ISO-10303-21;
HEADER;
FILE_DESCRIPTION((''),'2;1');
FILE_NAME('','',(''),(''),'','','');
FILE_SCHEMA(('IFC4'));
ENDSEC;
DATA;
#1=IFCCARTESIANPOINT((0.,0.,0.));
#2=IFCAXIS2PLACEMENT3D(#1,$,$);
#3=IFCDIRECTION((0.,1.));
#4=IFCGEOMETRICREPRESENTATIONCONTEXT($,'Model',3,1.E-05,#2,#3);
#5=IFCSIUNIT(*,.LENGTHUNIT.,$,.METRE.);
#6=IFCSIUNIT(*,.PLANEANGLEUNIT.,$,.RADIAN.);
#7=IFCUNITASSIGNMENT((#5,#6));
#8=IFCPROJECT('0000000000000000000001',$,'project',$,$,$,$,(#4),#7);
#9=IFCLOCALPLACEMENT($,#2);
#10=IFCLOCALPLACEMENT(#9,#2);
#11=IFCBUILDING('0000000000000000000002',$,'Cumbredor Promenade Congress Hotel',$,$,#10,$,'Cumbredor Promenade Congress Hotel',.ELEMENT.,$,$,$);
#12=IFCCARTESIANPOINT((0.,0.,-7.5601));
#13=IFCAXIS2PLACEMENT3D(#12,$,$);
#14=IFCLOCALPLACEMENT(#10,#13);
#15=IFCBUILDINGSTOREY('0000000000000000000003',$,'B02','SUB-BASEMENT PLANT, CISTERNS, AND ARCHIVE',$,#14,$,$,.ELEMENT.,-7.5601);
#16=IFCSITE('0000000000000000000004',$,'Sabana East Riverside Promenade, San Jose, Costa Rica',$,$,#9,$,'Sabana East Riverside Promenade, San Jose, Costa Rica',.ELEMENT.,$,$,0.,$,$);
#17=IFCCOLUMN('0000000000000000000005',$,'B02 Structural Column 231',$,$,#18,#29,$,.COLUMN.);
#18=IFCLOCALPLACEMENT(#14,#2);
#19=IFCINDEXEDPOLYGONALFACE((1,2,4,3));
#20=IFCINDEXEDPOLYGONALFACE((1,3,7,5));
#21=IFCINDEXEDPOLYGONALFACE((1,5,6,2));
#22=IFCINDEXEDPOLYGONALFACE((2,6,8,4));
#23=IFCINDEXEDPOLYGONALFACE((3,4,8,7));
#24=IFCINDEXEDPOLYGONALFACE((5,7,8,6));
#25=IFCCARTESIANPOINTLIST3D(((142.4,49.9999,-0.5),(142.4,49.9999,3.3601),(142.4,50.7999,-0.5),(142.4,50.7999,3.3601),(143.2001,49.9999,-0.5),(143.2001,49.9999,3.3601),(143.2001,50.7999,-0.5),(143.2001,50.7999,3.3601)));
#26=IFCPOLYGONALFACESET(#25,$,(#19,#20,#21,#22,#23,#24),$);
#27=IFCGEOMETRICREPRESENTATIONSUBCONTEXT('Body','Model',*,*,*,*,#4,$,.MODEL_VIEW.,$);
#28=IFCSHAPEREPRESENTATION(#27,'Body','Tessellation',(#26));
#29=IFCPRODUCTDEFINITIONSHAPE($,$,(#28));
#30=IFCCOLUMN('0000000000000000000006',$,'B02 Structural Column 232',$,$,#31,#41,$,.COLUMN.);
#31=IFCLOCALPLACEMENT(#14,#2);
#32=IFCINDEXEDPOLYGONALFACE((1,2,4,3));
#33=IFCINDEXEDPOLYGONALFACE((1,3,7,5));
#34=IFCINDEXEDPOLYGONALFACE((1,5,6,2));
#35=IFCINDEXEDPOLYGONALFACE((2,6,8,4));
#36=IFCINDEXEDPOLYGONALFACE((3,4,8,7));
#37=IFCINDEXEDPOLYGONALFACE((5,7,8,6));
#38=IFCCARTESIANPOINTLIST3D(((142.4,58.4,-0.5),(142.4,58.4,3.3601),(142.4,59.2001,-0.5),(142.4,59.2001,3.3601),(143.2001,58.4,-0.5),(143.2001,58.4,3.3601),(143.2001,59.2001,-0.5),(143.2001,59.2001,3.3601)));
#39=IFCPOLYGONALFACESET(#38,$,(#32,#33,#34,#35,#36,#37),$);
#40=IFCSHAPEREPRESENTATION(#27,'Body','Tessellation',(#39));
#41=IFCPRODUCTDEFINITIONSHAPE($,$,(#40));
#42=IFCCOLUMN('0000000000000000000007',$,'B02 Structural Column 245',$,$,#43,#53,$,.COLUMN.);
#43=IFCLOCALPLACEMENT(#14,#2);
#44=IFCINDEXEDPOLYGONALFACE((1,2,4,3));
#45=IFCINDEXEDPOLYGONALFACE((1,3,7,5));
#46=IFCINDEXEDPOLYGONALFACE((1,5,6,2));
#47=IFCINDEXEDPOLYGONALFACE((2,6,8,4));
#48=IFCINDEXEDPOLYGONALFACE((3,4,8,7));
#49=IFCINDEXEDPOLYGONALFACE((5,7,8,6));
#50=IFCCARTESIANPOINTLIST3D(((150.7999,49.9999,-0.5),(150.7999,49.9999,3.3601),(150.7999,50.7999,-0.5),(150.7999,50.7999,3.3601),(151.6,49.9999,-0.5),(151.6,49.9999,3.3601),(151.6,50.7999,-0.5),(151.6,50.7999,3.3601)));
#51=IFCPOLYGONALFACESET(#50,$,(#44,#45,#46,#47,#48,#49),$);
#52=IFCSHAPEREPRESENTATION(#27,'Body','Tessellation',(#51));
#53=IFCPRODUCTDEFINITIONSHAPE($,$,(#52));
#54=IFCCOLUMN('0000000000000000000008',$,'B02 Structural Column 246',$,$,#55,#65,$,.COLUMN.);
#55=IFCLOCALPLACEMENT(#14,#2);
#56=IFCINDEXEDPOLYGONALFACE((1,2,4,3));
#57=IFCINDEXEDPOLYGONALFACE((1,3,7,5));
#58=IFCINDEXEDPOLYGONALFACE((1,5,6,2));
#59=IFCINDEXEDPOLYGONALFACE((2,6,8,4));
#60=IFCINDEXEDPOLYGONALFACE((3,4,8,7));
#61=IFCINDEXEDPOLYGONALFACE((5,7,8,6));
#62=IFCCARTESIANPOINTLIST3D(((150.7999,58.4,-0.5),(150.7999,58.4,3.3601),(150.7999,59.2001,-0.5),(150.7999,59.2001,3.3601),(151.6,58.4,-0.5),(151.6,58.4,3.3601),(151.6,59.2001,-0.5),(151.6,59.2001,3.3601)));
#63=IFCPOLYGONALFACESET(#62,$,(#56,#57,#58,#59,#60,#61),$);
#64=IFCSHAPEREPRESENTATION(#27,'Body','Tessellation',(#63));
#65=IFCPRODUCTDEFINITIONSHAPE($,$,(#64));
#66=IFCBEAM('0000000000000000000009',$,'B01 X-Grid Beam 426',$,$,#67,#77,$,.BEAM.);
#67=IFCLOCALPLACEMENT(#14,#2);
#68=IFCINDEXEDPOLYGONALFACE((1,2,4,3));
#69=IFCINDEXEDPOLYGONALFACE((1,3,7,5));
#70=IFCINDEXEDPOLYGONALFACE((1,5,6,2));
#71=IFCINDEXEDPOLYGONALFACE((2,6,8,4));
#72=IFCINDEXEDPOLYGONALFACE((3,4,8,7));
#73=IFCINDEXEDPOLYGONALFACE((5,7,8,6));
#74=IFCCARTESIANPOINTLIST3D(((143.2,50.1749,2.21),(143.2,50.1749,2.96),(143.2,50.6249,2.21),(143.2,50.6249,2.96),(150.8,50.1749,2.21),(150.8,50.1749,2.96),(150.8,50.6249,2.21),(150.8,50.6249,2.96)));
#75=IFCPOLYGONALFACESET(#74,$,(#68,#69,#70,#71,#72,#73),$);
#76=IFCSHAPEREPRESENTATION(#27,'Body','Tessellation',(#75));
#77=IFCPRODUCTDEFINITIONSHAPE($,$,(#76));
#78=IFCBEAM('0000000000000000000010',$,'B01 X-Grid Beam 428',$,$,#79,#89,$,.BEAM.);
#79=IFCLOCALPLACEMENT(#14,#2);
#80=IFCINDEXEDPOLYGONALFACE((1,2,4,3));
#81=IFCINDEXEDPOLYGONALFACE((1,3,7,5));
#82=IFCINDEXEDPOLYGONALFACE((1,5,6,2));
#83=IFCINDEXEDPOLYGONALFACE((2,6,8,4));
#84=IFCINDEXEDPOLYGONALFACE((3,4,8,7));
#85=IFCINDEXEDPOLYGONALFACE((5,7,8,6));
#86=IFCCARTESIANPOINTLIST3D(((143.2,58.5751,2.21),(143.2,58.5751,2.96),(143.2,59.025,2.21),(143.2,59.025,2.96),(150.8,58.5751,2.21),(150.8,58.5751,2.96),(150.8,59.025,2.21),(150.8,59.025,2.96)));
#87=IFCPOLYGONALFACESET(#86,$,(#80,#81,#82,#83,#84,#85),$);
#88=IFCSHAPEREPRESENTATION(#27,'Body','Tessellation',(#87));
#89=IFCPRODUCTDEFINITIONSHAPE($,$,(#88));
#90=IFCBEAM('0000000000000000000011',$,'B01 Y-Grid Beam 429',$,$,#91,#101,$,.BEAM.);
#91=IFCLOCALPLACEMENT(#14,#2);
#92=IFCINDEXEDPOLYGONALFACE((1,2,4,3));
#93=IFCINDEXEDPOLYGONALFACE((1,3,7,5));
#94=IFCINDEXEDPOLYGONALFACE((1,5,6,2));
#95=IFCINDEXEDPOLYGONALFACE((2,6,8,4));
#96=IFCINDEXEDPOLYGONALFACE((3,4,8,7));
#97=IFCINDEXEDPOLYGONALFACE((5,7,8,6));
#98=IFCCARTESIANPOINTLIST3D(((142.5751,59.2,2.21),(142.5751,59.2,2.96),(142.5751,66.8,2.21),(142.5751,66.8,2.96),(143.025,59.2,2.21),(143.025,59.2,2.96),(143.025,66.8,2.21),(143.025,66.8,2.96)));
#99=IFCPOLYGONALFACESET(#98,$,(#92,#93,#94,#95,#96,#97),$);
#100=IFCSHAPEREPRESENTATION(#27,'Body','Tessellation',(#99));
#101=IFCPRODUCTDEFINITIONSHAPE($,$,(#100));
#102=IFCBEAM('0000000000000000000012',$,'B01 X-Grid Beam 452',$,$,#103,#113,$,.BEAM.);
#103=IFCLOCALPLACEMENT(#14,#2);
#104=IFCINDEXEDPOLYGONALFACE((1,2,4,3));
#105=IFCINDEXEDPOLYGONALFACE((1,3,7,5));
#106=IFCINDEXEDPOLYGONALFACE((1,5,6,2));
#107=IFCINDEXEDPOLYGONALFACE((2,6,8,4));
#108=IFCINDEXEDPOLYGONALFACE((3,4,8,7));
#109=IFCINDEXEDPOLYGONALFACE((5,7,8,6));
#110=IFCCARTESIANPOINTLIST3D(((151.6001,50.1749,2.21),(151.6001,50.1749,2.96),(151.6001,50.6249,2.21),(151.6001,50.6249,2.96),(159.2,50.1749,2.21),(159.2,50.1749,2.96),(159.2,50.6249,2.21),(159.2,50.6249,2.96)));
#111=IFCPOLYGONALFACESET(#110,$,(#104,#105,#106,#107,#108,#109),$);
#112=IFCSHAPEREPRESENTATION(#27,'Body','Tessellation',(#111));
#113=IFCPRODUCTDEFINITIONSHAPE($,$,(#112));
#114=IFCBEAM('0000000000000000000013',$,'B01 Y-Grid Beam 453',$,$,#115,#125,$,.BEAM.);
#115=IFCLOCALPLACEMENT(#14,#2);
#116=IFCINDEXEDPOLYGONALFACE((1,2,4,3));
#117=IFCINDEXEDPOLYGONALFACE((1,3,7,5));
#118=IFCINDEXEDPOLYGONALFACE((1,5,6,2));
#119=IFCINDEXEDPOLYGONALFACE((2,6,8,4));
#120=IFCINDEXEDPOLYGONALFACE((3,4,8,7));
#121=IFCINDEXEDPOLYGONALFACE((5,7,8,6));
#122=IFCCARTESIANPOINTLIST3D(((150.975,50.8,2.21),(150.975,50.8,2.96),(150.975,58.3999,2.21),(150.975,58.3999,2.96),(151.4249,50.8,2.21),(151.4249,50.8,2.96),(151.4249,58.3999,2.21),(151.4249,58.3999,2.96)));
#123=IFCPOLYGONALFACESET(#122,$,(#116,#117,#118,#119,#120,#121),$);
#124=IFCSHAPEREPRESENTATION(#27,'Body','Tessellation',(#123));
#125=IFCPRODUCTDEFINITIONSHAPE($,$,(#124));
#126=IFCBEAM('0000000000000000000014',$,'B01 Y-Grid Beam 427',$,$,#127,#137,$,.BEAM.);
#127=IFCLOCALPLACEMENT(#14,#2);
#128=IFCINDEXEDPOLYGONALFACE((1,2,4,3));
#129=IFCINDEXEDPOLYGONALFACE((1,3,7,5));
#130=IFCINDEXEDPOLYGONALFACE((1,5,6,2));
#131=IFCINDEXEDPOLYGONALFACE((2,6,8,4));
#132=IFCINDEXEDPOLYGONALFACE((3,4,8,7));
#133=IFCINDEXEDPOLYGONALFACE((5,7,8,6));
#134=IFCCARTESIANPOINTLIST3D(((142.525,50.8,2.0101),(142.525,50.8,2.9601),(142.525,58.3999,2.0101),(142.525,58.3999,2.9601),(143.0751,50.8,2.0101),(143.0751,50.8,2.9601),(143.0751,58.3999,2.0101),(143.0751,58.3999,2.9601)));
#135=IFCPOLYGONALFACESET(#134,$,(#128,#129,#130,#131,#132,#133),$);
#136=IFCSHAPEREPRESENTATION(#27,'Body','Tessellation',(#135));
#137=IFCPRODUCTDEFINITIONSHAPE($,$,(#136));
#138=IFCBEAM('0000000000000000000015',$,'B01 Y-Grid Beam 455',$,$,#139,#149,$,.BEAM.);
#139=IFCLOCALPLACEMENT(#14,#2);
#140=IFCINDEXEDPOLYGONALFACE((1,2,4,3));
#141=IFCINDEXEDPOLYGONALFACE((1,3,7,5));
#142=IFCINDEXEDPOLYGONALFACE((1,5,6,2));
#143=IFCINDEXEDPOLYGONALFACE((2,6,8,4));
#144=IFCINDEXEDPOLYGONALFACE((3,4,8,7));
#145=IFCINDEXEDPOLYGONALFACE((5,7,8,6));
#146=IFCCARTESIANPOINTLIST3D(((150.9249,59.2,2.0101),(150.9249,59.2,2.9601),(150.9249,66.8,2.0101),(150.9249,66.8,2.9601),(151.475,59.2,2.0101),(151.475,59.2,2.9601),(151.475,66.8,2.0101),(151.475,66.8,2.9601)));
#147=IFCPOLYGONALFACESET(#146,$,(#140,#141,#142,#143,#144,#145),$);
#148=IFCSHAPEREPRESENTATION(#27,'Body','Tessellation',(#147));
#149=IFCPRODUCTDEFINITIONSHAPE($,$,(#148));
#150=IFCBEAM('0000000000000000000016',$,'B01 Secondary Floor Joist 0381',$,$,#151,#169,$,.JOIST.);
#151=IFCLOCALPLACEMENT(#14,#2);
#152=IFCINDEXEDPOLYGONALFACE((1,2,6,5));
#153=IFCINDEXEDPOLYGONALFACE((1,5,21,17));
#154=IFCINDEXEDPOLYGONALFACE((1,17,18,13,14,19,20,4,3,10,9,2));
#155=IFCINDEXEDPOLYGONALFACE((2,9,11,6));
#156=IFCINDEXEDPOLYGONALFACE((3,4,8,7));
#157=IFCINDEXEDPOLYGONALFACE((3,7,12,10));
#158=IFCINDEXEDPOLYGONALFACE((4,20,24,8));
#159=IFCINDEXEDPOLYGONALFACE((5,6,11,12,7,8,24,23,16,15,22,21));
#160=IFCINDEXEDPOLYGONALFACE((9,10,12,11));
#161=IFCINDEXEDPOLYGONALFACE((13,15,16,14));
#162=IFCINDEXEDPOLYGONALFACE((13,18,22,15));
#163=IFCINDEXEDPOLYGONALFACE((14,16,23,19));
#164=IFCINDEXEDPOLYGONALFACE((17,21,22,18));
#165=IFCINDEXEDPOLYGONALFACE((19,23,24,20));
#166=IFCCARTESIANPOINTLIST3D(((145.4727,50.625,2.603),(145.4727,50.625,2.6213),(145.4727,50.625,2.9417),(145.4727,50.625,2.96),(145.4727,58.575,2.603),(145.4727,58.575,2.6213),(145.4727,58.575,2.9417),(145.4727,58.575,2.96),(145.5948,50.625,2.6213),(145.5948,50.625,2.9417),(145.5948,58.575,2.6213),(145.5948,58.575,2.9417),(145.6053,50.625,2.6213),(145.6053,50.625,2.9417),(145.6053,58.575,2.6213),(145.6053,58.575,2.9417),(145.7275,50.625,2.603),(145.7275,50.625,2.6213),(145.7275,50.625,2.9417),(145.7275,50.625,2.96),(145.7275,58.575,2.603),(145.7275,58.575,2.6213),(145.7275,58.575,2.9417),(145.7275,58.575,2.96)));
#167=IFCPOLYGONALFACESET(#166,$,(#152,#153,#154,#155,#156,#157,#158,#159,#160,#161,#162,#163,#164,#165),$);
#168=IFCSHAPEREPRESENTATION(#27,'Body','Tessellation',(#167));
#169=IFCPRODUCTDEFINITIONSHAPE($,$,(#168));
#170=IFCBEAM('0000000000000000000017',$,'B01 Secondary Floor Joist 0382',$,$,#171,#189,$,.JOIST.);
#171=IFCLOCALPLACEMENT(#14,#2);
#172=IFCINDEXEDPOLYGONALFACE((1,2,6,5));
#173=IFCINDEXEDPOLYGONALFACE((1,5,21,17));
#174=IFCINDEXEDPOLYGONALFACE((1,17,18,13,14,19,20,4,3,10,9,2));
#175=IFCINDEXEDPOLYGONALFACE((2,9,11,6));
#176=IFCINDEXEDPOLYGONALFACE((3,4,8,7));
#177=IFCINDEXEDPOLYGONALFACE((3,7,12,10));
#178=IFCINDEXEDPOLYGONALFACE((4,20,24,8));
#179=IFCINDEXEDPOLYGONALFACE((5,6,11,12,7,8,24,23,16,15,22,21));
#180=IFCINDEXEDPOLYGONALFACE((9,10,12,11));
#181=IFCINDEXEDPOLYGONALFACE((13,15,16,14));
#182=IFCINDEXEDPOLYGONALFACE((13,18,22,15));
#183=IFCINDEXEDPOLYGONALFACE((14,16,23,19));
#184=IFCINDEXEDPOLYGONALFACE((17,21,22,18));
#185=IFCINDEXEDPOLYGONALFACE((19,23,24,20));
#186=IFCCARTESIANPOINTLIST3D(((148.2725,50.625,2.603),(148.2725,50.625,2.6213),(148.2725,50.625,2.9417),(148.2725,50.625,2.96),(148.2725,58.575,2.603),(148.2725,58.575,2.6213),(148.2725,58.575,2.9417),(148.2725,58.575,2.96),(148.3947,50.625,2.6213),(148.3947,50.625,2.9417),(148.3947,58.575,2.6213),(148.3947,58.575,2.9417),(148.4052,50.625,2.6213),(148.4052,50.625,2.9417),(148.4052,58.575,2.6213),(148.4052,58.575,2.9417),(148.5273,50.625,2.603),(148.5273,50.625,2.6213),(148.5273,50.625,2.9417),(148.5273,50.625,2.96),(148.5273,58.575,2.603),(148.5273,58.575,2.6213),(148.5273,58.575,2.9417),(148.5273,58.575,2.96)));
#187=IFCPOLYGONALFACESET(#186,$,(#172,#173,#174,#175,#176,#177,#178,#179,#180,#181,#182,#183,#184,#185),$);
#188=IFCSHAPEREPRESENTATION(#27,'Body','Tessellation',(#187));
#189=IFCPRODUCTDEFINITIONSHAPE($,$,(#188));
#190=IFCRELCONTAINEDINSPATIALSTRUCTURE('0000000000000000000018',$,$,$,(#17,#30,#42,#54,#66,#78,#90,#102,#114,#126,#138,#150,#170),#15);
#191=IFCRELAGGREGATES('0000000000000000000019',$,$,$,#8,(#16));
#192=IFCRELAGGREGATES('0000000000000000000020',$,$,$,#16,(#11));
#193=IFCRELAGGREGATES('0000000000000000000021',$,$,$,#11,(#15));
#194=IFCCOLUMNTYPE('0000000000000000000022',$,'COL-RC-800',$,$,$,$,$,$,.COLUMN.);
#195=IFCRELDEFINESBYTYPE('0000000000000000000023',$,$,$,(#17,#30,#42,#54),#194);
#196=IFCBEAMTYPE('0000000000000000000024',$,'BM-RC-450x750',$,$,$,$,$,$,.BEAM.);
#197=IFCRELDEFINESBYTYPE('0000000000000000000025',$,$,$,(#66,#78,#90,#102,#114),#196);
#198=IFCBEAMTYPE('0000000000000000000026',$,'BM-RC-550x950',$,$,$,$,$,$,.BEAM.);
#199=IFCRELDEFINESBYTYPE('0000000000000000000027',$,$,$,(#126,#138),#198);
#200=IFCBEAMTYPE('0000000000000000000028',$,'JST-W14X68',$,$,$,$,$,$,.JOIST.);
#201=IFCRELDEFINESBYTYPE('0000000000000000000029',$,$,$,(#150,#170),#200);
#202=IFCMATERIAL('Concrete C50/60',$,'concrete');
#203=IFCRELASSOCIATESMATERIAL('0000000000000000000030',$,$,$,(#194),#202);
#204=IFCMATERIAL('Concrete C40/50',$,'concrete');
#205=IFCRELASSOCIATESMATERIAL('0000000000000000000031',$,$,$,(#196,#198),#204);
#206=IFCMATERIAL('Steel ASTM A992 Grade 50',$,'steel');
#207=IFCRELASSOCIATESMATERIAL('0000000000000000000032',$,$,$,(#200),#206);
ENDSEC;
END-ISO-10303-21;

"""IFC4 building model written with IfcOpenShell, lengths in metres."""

from ifc_helpers import new_model, si_unit, direction, frame, origin, origin_2d, place, context, subcontext, project, spatial, rectangle, i_section, extrude, material, material_profile, profile_set, type_object, element, save


model = new_model("IFC4")

# Units and contexts
model_context = context("Model", 3, precision=1e-05, world=origin(), true_north=direction((0.0, 1.0)))
body_context = subcontext(model_context, "Body", "Model", "MODEL_VIEW")
ifc_project = project(units=[si_unit("LENGTHUNIT", "METRE"), si_unit("PLANEANGLEUNIT", "RADIAN")], contexts=[model_context])

# Site, building, storey
site_placement = place(None, origin())
site = spatial("IfcSite", under=ifc_project, at=site_placement, Name="Sabana East Riverside Promenade, San Jose, Costa Rica", LongName="Sabana East Riverside Promenade, San Jose, Costa Rica", CompositionType="ELEMENT", RefElevation=0.0)
building_placement = place(site_placement, origin())
building = spatial("IfcBuilding", under=site, at=building_placement, Name="Cumbredor Promenade Congress Hotel", LongName="Cumbredor Promenade Congress Hotel", CompositionType="ELEMENT")
storey_placement = place(building_placement, frame((0.0, 0.0, -7.5601)))
storey = spatial("IfcBuildingStorey", under=building, at=storey_placement, Name="B02", Description="SUB-BASEMENT PLANT, CISTERNS, AND ARCHIVE", CompositionType="ELEMENT", Elevation=-7.5601)

# Shared definitions
ifc_material_1 = material(Name="Concrete C40/50", Category="concrete")

# Columns
ifc_material_2 = material(Name="Concrete C50/60", Category="concrete")
ifc_material_profile_1 = material_profile(ifc_material_2, rectangle(XDim=0.8, YDim=0.8, at=origin_2d()), Name="RC 800x800")
ifc_profile_set_1 = profile_set([ifc_material_profile_1], Name="Concrete C50/60")
column_type = type_object("IfcColumnType", Name="COL-RC-800", PredefinedType="COLUMN", material=ifc_profile_set_1)
for number, where, z_axis, x_axis, name in (
    (1, (142.8, 50.3999, -0.5), (0.0, 0.0, 1.0), (1.0, 0.0, 0.0), "B02 Structural Column 231"),
    (2, (142.8, 58.8, -0.5), (0.0, 0.0, 1.0), (1.0, 0.0, 0.0), "B02 Structural Column 232"),
    (3, (151.2, 50.3999, -0.5), (0.0, 0.0, 1.0), (1.0, 0.0, 0.0), "B02 Structural Column 245"),
    (4, (151.2, 58.8, -0.5), (0.0, 0.0, 1.0), (1.0, 0.0, 0.0), "B02 Structural Column 246"),
):
    element("IfcColumn", number, at=place(storey_placement, frame(where, z_axis=z_axis, x_axis=x_axis)), inside=storey, type_object=column_type, Name=name, PredefinedType="COLUMN", context=body_context, shape_type="SweptSolid", body=[
        extrude(rectangle(XDim=0.8, YDim=0.8, at=origin_2d()), origin(), (0.0, 0.0, 1.0), 3.8601),
    ])

# Beams
ifc_material_profile_2 = material_profile(ifc_material_1, rectangle(XDim=0.45, YDim=0.75, at=origin_2d()), Name="RC BEAM 450x750")
ifc_profile_set_2 = profile_set([ifc_material_profile_2], Name="Concrete C40/50")
beam_type_1 = type_object("IfcBeamType", Name="BM-RC-450x750", PredefinedType="BEAM", material=ifc_profile_set_2)
for number, where, z_axis, x_axis, name in (
    (5, (143.2, 50.3999, 2.585), (1.0, 0.0, 0.0), (0.0, 1.0, 0.0), "B01 X-Grid Beam 426"),
    (6, (143.2, 58.8, 2.585), (1.0, 0.0, 0.0), (0.0, 1.0, 0.0), "B01 X-Grid Beam 428"),
    (7, (142.8, 59.2, 2.585), (0.0, 1.0, 0.0), (-1.0, 0.0, 0.0), "B01 Y-Grid Beam 429"),
):
    element("IfcBeam", number, at=place(storey_placement, frame(where, z_axis=z_axis, x_axis=x_axis)), inside=storey, type_object=beam_type_1, Name=name, PredefinedType="BEAM", context=body_context, shape_type="SweptSolid", body=[
        extrude(rectangle(XDim=0.45, YDim=0.75, at=origin_2d()), origin(), (0.0, 0.0, 1.0), 7.6001),
    ])
for number, where, z_axis, x_axis, name in (
    (8, (151.6001, 50.3999, 2.585), (1.0, 0.0, 0.0), (0.0, 1.0, 0.0), "B01 X-Grid Beam 452"),
    (9, (151.2, 50.8, 2.585), (0.0, 1.0, 0.0), (-1.0, 0.0, 0.0), "B01 Y-Grid Beam 453"),
):
    element("IfcBeam", number, at=place(storey_placement, frame(where, z_axis=z_axis, x_axis=x_axis)), inside=storey, type_object=beam_type_1, Name=name, PredefinedType="BEAM", context=body_context, shape_type="SweptSolid", body=[
        extrude(rectangle(XDim=0.45, YDim=0.75, at=origin_2d()), origin(), (0.0, 0.0, 1.0), 7.5999),
    ])
ifc_material_profile_3 = material_profile(ifc_material_1, rectangle(XDim=0.55, YDim=0.95, at=origin_2d()), Name="RC BEAM 550x950")
ifc_profile_set_3 = profile_set([ifc_material_profile_3], Name="Concrete C40/50")
beam_type_2 = type_object("IfcBeamType", Name="BM-RC-550x950", PredefinedType="BEAM", material=ifc_profile_set_3)
beam_1_placement = place(storey_placement, frame((142.8, 50.8, 2.4851), z_axis=(0.0, 1.0, 0.0), x_axis=(-1.0, 0.0, 0.0)))
element("IfcBeam", 10, at=beam_1_placement, inside=storey, type_object=beam_type_2, Name="B01 Y-Grid Beam 427", PredefinedType="BEAM", context=body_context, shape_type="SweptSolid", body=[
    extrude(rectangle(XDim=0.55, YDim=0.95, at=origin_2d()), origin(), (0.0, 0.0, 1.0), 7.5999),
])
beam_2_placement = place(storey_placement, frame((151.2, 59.2, 2.4851), z_axis=(0.0, 1.0, 0.0), x_axis=(-1.0, 0.0, 0.0)))
element("IfcBeam", 11, at=beam_2_placement, inside=storey, type_object=beam_type_2, Name="B01 Y-Grid Beam 455", PredefinedType="BEAM", context=body_context, shape_type="SweptSolid", body=[
    extrude(rectangle(XDim=0.55, YDim=0.95, at=origin_2d()), origin(), (0.0, 0.0, 1.0), 7.6001),
])
ifc_material_3 = material(Name="Steel ASTM A992 Grade 50", Category="steel")
ifc_material_profile_4 = material_profile(ifc_material_3, i_section(OverallWidth=0.2549, OverallDepth=0.3569, WebThickness=0.0105, FlangeThickness=0.0183, at=origin_2d()), Name="W14X68")
ifc_profile_set_4 = profile_set([ifc_material_profile_4], Name="Steel ASTM A992 Grade 50")
beam_type_3 = type_object("IfcBeamType", Name="JST-W14X68", PredefinedType="JOIST", material=ifc_profile_set_4)
for number, where, z_axis, x_axis, name in (
    (12, (145.6001, 50.625, 2.7815), (0.0, 1.0, 0.0), (-1.0, 0.0, 0.0), "B01 Secondary Floor Joist 0381"),
    (13, (148.3999, 50.625, 2.7815), (0.0, 1.0, 0.0), (-1.0, 0.0, 0.0), "B01 Secondary Floor Joist 0382"),
):
    element("IfcBeam", number, at=place(storey_placement, frame(where, z_axis=z_axis, x_axis=x_axis)), inside=storey, type_object=beam_type_3, Name=name, PredefinedType="JOIST", context=body_context, shape_type="SweptSolid", body=[
        extrude(i_section(OverallWidth=0.2549, OverallDepth=0.3569, WebThickness=0.0105, FlangeThickness=0.0183, at=origin_2d()), origin(), (0.0, 0.0, 1.0), 7.95),
    ])

save(model, "model.ifc")
